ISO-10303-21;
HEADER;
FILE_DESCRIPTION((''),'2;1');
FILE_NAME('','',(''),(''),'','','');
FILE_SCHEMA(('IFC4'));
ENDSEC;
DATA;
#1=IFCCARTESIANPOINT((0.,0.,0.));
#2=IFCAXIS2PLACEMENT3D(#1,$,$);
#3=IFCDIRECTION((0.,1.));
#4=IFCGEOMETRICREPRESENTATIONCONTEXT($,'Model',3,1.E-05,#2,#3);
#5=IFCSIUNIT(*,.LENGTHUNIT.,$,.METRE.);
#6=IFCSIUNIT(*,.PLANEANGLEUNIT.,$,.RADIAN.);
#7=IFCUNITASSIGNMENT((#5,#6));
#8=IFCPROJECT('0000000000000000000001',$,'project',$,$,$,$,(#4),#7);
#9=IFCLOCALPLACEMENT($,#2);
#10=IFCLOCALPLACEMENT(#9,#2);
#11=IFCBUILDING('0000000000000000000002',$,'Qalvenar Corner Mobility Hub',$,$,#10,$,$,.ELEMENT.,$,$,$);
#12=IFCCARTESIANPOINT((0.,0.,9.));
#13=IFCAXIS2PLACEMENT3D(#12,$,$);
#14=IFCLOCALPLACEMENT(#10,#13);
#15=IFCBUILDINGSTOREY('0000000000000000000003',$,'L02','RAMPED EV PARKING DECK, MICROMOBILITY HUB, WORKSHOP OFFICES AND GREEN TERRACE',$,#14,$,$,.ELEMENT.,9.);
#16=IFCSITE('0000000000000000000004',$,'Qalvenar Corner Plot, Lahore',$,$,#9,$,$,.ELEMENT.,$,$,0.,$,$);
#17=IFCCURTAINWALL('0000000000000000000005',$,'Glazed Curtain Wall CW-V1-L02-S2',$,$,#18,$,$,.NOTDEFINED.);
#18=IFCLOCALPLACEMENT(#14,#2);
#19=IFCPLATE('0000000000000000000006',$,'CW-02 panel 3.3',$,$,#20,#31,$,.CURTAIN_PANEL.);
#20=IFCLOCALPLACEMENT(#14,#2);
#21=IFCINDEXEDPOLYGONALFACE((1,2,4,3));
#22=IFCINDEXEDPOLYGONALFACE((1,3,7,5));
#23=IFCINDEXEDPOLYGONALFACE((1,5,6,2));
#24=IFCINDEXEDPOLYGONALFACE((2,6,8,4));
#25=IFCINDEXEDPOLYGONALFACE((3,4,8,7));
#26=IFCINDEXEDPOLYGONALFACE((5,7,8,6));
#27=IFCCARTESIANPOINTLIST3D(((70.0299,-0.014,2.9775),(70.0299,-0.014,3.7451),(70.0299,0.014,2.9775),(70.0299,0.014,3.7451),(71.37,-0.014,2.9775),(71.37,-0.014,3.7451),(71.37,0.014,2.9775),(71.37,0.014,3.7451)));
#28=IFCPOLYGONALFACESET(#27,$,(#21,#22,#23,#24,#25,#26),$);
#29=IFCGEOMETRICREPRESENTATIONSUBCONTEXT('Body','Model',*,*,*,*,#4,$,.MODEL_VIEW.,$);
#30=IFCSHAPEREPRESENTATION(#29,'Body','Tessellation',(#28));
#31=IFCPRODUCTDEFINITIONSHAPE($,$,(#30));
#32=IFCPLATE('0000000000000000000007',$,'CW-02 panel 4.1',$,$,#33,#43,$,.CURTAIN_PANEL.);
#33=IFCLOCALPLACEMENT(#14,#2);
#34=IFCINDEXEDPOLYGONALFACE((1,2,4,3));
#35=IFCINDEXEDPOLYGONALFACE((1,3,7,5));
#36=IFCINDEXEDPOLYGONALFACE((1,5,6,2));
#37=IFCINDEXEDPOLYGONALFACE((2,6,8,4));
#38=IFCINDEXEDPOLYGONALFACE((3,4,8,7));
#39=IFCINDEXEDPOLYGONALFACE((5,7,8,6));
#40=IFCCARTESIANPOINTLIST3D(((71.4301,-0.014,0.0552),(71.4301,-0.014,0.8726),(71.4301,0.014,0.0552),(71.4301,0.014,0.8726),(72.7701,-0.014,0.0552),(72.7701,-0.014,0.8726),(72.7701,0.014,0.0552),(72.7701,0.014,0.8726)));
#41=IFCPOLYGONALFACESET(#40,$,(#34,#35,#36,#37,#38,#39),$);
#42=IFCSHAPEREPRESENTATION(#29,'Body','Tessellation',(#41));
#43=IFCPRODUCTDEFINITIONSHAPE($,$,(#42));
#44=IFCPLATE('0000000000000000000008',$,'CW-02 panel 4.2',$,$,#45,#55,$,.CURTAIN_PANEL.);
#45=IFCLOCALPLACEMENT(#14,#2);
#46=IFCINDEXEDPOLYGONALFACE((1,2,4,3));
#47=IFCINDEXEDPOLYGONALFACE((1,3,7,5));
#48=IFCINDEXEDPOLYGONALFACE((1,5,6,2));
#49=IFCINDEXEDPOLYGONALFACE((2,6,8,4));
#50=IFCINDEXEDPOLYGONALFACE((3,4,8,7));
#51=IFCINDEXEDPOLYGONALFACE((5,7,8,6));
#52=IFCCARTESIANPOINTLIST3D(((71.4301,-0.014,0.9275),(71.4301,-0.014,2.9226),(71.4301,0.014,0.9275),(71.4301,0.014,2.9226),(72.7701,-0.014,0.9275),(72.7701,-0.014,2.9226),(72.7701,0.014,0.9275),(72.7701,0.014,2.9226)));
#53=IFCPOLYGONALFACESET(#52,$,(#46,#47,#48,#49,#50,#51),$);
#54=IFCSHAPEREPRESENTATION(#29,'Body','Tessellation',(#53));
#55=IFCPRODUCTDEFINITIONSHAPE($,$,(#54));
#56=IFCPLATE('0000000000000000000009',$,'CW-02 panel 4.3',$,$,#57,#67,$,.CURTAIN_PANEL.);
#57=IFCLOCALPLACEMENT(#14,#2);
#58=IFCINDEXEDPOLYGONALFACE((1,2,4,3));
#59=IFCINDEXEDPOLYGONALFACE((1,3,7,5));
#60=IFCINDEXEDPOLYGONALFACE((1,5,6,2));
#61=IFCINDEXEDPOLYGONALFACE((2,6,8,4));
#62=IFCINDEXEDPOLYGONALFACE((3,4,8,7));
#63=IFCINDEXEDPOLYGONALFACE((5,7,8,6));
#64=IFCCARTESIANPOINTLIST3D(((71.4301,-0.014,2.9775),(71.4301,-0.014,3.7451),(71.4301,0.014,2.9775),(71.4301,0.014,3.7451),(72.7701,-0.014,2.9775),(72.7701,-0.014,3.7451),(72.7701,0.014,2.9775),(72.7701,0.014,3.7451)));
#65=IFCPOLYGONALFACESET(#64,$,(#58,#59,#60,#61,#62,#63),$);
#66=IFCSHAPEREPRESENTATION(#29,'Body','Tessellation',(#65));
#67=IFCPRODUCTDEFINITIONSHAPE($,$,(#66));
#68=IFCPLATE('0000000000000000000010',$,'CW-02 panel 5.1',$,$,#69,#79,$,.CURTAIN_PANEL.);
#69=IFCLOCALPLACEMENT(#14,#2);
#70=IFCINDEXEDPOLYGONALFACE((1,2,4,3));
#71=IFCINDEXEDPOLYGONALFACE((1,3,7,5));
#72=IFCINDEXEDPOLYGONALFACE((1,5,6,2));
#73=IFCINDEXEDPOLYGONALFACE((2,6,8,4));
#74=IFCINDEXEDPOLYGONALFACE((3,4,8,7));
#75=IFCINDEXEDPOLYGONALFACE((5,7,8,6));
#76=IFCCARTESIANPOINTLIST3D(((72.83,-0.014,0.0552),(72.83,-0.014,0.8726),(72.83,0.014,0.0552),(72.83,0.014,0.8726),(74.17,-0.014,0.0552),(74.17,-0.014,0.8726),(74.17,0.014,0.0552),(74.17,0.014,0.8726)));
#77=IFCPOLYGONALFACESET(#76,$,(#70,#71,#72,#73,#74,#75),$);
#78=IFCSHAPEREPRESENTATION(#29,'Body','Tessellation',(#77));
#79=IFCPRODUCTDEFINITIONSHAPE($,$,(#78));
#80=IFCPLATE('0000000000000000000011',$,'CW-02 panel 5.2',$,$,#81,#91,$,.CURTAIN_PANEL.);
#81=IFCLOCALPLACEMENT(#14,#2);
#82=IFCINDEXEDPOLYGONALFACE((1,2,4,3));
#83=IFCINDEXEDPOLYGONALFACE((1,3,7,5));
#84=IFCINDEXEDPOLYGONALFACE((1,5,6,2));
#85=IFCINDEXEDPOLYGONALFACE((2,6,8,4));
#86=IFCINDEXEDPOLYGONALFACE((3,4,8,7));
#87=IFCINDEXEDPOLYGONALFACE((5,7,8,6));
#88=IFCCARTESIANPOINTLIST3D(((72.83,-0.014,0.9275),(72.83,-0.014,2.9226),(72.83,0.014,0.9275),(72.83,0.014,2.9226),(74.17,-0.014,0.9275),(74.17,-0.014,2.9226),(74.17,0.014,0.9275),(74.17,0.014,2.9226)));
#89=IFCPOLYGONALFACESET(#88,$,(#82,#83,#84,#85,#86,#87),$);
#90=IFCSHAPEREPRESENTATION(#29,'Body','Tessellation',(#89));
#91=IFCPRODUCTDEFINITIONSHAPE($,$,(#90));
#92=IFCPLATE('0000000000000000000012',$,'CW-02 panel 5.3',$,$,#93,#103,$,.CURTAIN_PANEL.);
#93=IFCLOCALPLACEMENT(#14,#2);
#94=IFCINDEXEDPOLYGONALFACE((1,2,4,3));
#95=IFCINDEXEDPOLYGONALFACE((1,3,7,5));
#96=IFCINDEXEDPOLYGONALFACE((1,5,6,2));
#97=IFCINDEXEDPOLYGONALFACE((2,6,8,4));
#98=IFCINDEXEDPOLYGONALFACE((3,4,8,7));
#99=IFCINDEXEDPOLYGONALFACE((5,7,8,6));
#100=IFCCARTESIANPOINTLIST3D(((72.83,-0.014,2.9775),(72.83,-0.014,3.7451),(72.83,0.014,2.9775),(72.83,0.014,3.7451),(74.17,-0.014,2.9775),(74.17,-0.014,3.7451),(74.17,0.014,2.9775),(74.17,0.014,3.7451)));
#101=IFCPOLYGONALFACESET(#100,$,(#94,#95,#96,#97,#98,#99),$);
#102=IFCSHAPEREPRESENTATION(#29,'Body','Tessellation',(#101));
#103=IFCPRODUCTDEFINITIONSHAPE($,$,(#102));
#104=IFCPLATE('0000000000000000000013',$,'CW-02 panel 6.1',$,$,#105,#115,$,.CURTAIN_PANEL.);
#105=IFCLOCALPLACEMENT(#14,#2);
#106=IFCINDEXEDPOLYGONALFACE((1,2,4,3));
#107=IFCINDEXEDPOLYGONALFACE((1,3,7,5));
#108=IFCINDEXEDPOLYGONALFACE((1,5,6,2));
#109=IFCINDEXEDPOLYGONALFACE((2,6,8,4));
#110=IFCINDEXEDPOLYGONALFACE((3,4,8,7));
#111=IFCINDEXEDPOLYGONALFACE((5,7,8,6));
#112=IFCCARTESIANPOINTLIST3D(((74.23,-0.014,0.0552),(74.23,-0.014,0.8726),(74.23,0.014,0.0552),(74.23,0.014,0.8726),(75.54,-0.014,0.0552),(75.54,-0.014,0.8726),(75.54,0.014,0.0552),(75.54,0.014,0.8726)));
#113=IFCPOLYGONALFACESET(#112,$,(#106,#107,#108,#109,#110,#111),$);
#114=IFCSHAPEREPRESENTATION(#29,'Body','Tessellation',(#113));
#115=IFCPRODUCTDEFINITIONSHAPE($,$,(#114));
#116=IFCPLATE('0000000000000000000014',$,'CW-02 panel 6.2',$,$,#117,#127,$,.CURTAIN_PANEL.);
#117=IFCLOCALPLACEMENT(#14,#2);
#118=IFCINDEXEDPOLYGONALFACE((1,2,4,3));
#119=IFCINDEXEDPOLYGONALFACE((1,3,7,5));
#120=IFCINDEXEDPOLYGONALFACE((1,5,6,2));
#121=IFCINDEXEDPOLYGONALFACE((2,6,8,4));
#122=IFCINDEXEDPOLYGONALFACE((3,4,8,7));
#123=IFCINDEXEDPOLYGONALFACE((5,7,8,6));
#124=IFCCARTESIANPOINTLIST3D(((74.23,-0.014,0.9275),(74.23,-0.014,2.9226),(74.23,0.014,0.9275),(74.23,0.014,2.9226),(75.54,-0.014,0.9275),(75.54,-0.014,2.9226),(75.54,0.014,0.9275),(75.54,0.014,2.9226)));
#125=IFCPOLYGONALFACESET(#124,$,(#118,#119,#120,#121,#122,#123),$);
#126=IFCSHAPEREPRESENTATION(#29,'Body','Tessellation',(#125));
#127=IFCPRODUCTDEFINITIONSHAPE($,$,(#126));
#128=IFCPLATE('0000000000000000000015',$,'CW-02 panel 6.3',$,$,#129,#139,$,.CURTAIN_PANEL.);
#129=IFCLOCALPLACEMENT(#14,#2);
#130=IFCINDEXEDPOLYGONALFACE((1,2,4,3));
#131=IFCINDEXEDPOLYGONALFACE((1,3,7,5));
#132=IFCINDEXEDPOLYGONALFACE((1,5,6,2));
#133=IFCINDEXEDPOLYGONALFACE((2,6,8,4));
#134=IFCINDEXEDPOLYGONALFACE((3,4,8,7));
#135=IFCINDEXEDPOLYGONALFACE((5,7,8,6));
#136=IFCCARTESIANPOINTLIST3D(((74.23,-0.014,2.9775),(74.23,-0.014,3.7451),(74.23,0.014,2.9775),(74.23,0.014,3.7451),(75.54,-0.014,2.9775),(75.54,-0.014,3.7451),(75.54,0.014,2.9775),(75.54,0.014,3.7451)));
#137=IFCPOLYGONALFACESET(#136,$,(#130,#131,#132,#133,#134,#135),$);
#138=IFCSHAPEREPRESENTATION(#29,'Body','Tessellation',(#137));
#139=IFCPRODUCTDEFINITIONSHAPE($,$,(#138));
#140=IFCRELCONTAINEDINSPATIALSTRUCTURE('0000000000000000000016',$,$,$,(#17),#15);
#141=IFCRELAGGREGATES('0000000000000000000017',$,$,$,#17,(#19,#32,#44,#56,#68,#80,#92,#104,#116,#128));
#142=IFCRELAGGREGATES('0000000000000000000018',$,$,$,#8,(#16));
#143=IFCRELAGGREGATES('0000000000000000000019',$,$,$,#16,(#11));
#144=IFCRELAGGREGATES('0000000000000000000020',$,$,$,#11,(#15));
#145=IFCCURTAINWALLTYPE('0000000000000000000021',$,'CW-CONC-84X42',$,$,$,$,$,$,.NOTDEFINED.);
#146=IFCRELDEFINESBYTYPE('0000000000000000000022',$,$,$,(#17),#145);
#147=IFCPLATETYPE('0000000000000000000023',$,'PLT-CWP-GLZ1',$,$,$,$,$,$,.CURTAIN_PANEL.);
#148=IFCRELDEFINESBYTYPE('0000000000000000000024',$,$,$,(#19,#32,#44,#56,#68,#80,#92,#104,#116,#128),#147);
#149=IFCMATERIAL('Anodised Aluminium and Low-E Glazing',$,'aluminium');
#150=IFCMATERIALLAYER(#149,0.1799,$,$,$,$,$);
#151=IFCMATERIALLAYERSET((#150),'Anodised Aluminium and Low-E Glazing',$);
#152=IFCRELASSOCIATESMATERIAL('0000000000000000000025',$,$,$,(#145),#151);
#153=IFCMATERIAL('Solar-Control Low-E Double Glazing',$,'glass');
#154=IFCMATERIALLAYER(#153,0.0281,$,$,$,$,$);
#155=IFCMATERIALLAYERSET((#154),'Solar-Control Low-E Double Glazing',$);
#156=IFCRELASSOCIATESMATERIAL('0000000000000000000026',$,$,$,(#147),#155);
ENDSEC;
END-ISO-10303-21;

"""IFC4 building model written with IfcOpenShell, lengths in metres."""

from ifc_helpers import new_model, si_unit, direction, frame, origin, origin_2d, place, context, subcontext, project, spatial, rectangle, extrude, material, layer, layer_set, type_object, element, aggregate, save


model = new_model("IFC4")

# Units and contexts
model_context = context("Model", 3, precision=1e-05, world=origin(), true_north=direction((0.0, 1.0)))
body_context = subcontext(model_context, "Body", "Model", "MODEL_VIEW")
ifc_project = project(units=[si_unit("LENGTHUNIT", "METRE"), si_unit("PLANEANGLEUNIT", "RADIAN")], contexts=[model_context])

# Site, building, storey
site_placement = place(None, origin())
site = spatial("IfcSite", under=ifc_project, at=site_placement, Name="Qalvenar Corner Plot, Lahore", CompositionType="ELEMENT", RefElevation=0.0)
building_placement = place(site_placement, origin())
building = spatial("IfcBuilding", under=site, at=building_placement, Name="Qalvenar Corner Mobility Hub", CompositionType="ELEMENT")
storey_placement = place(building_placement, frame((0.0, 0.0, 9.0)))
storey = spatial("IfcBuildingStorey", under=building, at=storey_placement, Name="L02", Description="RAMPED EV PARKING DECK, MICROMOBILITY HUB, WORKSHOP OFFICES AND GREEN TERRACE", CompositionType="ELEMENT", Elevation=9.0)

# Curtain wall, plates
ifc_material_1 = material(Name="Anodised Aluminium and Low-E Glazing", Category="aluminium")
ifc_layer_1 = layer(ifc_material_1, 0.1799)
ifc_layer_set_1 = layer_set([ifc_layer_1], Name="Anodised Aluminium and Low-E Glazing")
curtain_wall_type = type_object("IfcCurtainWallType", Name="CW-CONC-84X42", PredefinedType="NOTDEFINED", material=ifc_layer_set_1)
curtain_wall_placement = place(storey_placement, origin())
curtain_wall = element("IfcCurtainWall", 1, at=curtain_wall_placement, inside=storey, type_object=curtain_wall_type, Name="Glazed Curtain Wall CW-V1-L02-S2", PredefinedType="NOTDEFINED")
ifc_material_2 = material(Name="Solar-Control Low-E Double Glazing", Category="glass")
ifc_layer_2 = layer(ifc_material_2, 0.0281)
ifc_layer_set_2 = layer_set([ifc_layer_2], Name="Solar-Control Low-E Double Glazing")
plate_type = type_object("IfcPlateType", Name="PLT-CWP-GLZ1", PredefinedType="CURTAIN_PANEL", material=ifc_layer_set_2)
plate_1_placement = place(storey_placement, frame((70.7, 0.0, 2.9775), z_axis=(0.0, 0.0, 1.0), x_axis=(1.0, 0.0, 0.0)))
plate_1 = element("IfcPlate", 2, at=plate_1_placement, type_object=plate_type, Name="CW-02 panel 3.3", PredefinedType="CURTAIN_PANEL", context=body_context, shape_type="SweptSolid", body=[
    extrude(rectangle(XDim=1.3401, YDim=0.0281, at=origin_2d()), origin(), (0.0, 0.0, 1.0), 0.7676),
])
plate_2_placement = place(storey_placement, frame((72.1001, 0.0, 0.0552), z_axis=(0.0, 0.0, 1.0), x_axis=(1.0, 0.0, 0.0)))
plate_2 = element("IfcPlate", 3, at=plate_2_placement, type_object=plate_type, Name="CW-02 panel 4.1", PredefinedType="CURTAIN_PANEL", context=body_context, shape_type="SweptSolid", body=[
    extrude(rectangle(XDim=1.3401, YDim=0.0281, at=origin_2d()), origin(), (0.0, 0.0, 1.0), 0.8174),
])
plate_3_placement = place(storey_placement, frame((72.1001, 0.0, 0.9275), z_axis=(0.0, 0.0, 1.0), x_axis=(1.0, 0.0, 0.0)))
plate_3 = element("IfcPlate", 4, at=plate_3_placement, type_object=plate_type, Name="CW-02 panel 4.2", PredefinedType="CURTAIN_PANEL", context=body_context, shape_type="SweptSolid", body=[
    extrude(rectangle(XDim=1.3401, YDim=0.0281, at=origin_2d()), origin(), (0.0, 0.0, 1.0), 1.9951),
])
plate_4_placement = place(storey_placement, frame((72.1001, 0.0, 2.9775), z_axis=(0.0, 0.0, 1.0), x_axis=(1.0, 0.0, 0.0)))
plate_4 = element("IfcPlate", 5, at=plate_4_placement, type_object=plate_type, Name="CW-02 panel 4.3", PredefinedType="CURTAIN_PANEL", context=body_context, shape_type="SweptSolid", body=[
    extrude(rectangle(XDim=1.3401, YDim=0.0281, at=origin_2d()), origin(), (0.0, 0.0, 1.0), 0.7676),
])
plate_5_placement = place(storey_placement, frame((73.5, 0.0, 0.0552), z_axis=(0.0, 0.0, 1.0), x_axis=(1.0, 0.0, 0.0)))
plate_5 = element("IfcPlate", 6, at=plate_5_placement, type_object=plate_type, Name="CW-02 panel 5.1", PredefinedType="CURTAIN_PANEL", context=body_context, shape_type="SweptSolid", body=[
    extrude(rectangle(XDim=1.3401, YDim=0.0281, at=origin_2d()), origin(), (0.0, 0.0, 1.0), 0.8174),
])
plate_6_placement = place(storey_placement, frame((73.5, 0.0, 0.9275), z_axis=(0.0, 0.0, 1.0), x_axis=(1.0, 0.0, 0.0)))
plate_6 = element("IfcPlate", 7, at=plate_6_placement, type_object=plate_type, Name="CW-02 panel 5.2", PredefinedType="CURTAIN_PANEL", context=body_context, shape_type="SweptSolid", body=[
    extrude(rectangle(XDim=1.3401, YDim=0.0281, at=origin_2d()), origin(), (0.0, 0.0, 1.0), 1.9951),
])
plate_7_placement = place(storey_placement, frame((73.5, 0.0, 2.9775), z_axis=(0.0, 0.0, 1.0), x_axis=(1.0, 0.0, 0.0)))
plate_7 = element("IfcPlate", 8, at=plate_7_placement, type_object=plate_type, Name="CW-02 panel 5.3", PredefinedType="CURTAIN_PANEL", context=body_context, shape_type="SweptSolid", body=[
    extrude(rectangle(XDim=1.3401, YDim=0.0281, at=origin_2d()), origin(), (0.0, 0.0, 1.0), 0.7676),
])
plate_8_placement = place(storey_placement, frame((74.885, 0.0, 0.0552), z_axis=(0.0, 0.0, 1.0), x_axis=(1.0, 0.0, 0.0)))
plate_8 = element("IfcPlate", 9, at=plate_8_placement, type_object=plate_type, Name="CW-02 panel 6.1", PredefinedType="CURTAIN_PANEL", context=body_context, shape_type="SweptSolid", body=[
    extrude(rectangle(XDim=1.3101, YDim=0.0281, at=origin_2d()), origin(), (0.0, 0.0, 1.0), 0.8174),
])
plate_9_placement = place(storey_placement, frame((74.885, 0.0, 0.9275), z_axis=(0.0, 0.0, 1.0), x_axis=(1.0, 0.0, 0.0)))
plate_9 = element("IfcPlate", 10, at=plate_9_placement, type_object=plate_type, Name="CW-02 panel 6.2", PredefinedType="CURTAIN_PANEL", context=body_context, shape_type="SweptSolid", body=[
    extrude(rectangle(XDim=1.3101, YDim=0.0281, at=origin_2d()), origin(), (0.0, 0.0, 1.0), 1.9951),
])
plate_10_placement = place(storey_placement, frame((74.885, 0.0, 2.9775), z_axis=(0.0, 0.0, 1.0), x_axis=(1.0, 0.0, 0.0)))
plate_10 = element("IfcPlate", 11, at=plate_10_placement, type_object=plate_type, Name="CW-02 panel 6.3", PredefinedType="CURTAIN_PANEL", context=body_context, shape_type="SweptSolid", body=[
    extrude(rectangle(XDim=1.3101, YDim=0.0281, at=origin_2d()), origin(), (0.0, 0.0, 1.0), 0.7676),
])
aggregate(curtain_wall, [plate_1, plate_2, plate_3, plate_4, plate_5, plate_6, plate_7, plate_8, plate_9, plate_10])

save(model, "model.ifc")
